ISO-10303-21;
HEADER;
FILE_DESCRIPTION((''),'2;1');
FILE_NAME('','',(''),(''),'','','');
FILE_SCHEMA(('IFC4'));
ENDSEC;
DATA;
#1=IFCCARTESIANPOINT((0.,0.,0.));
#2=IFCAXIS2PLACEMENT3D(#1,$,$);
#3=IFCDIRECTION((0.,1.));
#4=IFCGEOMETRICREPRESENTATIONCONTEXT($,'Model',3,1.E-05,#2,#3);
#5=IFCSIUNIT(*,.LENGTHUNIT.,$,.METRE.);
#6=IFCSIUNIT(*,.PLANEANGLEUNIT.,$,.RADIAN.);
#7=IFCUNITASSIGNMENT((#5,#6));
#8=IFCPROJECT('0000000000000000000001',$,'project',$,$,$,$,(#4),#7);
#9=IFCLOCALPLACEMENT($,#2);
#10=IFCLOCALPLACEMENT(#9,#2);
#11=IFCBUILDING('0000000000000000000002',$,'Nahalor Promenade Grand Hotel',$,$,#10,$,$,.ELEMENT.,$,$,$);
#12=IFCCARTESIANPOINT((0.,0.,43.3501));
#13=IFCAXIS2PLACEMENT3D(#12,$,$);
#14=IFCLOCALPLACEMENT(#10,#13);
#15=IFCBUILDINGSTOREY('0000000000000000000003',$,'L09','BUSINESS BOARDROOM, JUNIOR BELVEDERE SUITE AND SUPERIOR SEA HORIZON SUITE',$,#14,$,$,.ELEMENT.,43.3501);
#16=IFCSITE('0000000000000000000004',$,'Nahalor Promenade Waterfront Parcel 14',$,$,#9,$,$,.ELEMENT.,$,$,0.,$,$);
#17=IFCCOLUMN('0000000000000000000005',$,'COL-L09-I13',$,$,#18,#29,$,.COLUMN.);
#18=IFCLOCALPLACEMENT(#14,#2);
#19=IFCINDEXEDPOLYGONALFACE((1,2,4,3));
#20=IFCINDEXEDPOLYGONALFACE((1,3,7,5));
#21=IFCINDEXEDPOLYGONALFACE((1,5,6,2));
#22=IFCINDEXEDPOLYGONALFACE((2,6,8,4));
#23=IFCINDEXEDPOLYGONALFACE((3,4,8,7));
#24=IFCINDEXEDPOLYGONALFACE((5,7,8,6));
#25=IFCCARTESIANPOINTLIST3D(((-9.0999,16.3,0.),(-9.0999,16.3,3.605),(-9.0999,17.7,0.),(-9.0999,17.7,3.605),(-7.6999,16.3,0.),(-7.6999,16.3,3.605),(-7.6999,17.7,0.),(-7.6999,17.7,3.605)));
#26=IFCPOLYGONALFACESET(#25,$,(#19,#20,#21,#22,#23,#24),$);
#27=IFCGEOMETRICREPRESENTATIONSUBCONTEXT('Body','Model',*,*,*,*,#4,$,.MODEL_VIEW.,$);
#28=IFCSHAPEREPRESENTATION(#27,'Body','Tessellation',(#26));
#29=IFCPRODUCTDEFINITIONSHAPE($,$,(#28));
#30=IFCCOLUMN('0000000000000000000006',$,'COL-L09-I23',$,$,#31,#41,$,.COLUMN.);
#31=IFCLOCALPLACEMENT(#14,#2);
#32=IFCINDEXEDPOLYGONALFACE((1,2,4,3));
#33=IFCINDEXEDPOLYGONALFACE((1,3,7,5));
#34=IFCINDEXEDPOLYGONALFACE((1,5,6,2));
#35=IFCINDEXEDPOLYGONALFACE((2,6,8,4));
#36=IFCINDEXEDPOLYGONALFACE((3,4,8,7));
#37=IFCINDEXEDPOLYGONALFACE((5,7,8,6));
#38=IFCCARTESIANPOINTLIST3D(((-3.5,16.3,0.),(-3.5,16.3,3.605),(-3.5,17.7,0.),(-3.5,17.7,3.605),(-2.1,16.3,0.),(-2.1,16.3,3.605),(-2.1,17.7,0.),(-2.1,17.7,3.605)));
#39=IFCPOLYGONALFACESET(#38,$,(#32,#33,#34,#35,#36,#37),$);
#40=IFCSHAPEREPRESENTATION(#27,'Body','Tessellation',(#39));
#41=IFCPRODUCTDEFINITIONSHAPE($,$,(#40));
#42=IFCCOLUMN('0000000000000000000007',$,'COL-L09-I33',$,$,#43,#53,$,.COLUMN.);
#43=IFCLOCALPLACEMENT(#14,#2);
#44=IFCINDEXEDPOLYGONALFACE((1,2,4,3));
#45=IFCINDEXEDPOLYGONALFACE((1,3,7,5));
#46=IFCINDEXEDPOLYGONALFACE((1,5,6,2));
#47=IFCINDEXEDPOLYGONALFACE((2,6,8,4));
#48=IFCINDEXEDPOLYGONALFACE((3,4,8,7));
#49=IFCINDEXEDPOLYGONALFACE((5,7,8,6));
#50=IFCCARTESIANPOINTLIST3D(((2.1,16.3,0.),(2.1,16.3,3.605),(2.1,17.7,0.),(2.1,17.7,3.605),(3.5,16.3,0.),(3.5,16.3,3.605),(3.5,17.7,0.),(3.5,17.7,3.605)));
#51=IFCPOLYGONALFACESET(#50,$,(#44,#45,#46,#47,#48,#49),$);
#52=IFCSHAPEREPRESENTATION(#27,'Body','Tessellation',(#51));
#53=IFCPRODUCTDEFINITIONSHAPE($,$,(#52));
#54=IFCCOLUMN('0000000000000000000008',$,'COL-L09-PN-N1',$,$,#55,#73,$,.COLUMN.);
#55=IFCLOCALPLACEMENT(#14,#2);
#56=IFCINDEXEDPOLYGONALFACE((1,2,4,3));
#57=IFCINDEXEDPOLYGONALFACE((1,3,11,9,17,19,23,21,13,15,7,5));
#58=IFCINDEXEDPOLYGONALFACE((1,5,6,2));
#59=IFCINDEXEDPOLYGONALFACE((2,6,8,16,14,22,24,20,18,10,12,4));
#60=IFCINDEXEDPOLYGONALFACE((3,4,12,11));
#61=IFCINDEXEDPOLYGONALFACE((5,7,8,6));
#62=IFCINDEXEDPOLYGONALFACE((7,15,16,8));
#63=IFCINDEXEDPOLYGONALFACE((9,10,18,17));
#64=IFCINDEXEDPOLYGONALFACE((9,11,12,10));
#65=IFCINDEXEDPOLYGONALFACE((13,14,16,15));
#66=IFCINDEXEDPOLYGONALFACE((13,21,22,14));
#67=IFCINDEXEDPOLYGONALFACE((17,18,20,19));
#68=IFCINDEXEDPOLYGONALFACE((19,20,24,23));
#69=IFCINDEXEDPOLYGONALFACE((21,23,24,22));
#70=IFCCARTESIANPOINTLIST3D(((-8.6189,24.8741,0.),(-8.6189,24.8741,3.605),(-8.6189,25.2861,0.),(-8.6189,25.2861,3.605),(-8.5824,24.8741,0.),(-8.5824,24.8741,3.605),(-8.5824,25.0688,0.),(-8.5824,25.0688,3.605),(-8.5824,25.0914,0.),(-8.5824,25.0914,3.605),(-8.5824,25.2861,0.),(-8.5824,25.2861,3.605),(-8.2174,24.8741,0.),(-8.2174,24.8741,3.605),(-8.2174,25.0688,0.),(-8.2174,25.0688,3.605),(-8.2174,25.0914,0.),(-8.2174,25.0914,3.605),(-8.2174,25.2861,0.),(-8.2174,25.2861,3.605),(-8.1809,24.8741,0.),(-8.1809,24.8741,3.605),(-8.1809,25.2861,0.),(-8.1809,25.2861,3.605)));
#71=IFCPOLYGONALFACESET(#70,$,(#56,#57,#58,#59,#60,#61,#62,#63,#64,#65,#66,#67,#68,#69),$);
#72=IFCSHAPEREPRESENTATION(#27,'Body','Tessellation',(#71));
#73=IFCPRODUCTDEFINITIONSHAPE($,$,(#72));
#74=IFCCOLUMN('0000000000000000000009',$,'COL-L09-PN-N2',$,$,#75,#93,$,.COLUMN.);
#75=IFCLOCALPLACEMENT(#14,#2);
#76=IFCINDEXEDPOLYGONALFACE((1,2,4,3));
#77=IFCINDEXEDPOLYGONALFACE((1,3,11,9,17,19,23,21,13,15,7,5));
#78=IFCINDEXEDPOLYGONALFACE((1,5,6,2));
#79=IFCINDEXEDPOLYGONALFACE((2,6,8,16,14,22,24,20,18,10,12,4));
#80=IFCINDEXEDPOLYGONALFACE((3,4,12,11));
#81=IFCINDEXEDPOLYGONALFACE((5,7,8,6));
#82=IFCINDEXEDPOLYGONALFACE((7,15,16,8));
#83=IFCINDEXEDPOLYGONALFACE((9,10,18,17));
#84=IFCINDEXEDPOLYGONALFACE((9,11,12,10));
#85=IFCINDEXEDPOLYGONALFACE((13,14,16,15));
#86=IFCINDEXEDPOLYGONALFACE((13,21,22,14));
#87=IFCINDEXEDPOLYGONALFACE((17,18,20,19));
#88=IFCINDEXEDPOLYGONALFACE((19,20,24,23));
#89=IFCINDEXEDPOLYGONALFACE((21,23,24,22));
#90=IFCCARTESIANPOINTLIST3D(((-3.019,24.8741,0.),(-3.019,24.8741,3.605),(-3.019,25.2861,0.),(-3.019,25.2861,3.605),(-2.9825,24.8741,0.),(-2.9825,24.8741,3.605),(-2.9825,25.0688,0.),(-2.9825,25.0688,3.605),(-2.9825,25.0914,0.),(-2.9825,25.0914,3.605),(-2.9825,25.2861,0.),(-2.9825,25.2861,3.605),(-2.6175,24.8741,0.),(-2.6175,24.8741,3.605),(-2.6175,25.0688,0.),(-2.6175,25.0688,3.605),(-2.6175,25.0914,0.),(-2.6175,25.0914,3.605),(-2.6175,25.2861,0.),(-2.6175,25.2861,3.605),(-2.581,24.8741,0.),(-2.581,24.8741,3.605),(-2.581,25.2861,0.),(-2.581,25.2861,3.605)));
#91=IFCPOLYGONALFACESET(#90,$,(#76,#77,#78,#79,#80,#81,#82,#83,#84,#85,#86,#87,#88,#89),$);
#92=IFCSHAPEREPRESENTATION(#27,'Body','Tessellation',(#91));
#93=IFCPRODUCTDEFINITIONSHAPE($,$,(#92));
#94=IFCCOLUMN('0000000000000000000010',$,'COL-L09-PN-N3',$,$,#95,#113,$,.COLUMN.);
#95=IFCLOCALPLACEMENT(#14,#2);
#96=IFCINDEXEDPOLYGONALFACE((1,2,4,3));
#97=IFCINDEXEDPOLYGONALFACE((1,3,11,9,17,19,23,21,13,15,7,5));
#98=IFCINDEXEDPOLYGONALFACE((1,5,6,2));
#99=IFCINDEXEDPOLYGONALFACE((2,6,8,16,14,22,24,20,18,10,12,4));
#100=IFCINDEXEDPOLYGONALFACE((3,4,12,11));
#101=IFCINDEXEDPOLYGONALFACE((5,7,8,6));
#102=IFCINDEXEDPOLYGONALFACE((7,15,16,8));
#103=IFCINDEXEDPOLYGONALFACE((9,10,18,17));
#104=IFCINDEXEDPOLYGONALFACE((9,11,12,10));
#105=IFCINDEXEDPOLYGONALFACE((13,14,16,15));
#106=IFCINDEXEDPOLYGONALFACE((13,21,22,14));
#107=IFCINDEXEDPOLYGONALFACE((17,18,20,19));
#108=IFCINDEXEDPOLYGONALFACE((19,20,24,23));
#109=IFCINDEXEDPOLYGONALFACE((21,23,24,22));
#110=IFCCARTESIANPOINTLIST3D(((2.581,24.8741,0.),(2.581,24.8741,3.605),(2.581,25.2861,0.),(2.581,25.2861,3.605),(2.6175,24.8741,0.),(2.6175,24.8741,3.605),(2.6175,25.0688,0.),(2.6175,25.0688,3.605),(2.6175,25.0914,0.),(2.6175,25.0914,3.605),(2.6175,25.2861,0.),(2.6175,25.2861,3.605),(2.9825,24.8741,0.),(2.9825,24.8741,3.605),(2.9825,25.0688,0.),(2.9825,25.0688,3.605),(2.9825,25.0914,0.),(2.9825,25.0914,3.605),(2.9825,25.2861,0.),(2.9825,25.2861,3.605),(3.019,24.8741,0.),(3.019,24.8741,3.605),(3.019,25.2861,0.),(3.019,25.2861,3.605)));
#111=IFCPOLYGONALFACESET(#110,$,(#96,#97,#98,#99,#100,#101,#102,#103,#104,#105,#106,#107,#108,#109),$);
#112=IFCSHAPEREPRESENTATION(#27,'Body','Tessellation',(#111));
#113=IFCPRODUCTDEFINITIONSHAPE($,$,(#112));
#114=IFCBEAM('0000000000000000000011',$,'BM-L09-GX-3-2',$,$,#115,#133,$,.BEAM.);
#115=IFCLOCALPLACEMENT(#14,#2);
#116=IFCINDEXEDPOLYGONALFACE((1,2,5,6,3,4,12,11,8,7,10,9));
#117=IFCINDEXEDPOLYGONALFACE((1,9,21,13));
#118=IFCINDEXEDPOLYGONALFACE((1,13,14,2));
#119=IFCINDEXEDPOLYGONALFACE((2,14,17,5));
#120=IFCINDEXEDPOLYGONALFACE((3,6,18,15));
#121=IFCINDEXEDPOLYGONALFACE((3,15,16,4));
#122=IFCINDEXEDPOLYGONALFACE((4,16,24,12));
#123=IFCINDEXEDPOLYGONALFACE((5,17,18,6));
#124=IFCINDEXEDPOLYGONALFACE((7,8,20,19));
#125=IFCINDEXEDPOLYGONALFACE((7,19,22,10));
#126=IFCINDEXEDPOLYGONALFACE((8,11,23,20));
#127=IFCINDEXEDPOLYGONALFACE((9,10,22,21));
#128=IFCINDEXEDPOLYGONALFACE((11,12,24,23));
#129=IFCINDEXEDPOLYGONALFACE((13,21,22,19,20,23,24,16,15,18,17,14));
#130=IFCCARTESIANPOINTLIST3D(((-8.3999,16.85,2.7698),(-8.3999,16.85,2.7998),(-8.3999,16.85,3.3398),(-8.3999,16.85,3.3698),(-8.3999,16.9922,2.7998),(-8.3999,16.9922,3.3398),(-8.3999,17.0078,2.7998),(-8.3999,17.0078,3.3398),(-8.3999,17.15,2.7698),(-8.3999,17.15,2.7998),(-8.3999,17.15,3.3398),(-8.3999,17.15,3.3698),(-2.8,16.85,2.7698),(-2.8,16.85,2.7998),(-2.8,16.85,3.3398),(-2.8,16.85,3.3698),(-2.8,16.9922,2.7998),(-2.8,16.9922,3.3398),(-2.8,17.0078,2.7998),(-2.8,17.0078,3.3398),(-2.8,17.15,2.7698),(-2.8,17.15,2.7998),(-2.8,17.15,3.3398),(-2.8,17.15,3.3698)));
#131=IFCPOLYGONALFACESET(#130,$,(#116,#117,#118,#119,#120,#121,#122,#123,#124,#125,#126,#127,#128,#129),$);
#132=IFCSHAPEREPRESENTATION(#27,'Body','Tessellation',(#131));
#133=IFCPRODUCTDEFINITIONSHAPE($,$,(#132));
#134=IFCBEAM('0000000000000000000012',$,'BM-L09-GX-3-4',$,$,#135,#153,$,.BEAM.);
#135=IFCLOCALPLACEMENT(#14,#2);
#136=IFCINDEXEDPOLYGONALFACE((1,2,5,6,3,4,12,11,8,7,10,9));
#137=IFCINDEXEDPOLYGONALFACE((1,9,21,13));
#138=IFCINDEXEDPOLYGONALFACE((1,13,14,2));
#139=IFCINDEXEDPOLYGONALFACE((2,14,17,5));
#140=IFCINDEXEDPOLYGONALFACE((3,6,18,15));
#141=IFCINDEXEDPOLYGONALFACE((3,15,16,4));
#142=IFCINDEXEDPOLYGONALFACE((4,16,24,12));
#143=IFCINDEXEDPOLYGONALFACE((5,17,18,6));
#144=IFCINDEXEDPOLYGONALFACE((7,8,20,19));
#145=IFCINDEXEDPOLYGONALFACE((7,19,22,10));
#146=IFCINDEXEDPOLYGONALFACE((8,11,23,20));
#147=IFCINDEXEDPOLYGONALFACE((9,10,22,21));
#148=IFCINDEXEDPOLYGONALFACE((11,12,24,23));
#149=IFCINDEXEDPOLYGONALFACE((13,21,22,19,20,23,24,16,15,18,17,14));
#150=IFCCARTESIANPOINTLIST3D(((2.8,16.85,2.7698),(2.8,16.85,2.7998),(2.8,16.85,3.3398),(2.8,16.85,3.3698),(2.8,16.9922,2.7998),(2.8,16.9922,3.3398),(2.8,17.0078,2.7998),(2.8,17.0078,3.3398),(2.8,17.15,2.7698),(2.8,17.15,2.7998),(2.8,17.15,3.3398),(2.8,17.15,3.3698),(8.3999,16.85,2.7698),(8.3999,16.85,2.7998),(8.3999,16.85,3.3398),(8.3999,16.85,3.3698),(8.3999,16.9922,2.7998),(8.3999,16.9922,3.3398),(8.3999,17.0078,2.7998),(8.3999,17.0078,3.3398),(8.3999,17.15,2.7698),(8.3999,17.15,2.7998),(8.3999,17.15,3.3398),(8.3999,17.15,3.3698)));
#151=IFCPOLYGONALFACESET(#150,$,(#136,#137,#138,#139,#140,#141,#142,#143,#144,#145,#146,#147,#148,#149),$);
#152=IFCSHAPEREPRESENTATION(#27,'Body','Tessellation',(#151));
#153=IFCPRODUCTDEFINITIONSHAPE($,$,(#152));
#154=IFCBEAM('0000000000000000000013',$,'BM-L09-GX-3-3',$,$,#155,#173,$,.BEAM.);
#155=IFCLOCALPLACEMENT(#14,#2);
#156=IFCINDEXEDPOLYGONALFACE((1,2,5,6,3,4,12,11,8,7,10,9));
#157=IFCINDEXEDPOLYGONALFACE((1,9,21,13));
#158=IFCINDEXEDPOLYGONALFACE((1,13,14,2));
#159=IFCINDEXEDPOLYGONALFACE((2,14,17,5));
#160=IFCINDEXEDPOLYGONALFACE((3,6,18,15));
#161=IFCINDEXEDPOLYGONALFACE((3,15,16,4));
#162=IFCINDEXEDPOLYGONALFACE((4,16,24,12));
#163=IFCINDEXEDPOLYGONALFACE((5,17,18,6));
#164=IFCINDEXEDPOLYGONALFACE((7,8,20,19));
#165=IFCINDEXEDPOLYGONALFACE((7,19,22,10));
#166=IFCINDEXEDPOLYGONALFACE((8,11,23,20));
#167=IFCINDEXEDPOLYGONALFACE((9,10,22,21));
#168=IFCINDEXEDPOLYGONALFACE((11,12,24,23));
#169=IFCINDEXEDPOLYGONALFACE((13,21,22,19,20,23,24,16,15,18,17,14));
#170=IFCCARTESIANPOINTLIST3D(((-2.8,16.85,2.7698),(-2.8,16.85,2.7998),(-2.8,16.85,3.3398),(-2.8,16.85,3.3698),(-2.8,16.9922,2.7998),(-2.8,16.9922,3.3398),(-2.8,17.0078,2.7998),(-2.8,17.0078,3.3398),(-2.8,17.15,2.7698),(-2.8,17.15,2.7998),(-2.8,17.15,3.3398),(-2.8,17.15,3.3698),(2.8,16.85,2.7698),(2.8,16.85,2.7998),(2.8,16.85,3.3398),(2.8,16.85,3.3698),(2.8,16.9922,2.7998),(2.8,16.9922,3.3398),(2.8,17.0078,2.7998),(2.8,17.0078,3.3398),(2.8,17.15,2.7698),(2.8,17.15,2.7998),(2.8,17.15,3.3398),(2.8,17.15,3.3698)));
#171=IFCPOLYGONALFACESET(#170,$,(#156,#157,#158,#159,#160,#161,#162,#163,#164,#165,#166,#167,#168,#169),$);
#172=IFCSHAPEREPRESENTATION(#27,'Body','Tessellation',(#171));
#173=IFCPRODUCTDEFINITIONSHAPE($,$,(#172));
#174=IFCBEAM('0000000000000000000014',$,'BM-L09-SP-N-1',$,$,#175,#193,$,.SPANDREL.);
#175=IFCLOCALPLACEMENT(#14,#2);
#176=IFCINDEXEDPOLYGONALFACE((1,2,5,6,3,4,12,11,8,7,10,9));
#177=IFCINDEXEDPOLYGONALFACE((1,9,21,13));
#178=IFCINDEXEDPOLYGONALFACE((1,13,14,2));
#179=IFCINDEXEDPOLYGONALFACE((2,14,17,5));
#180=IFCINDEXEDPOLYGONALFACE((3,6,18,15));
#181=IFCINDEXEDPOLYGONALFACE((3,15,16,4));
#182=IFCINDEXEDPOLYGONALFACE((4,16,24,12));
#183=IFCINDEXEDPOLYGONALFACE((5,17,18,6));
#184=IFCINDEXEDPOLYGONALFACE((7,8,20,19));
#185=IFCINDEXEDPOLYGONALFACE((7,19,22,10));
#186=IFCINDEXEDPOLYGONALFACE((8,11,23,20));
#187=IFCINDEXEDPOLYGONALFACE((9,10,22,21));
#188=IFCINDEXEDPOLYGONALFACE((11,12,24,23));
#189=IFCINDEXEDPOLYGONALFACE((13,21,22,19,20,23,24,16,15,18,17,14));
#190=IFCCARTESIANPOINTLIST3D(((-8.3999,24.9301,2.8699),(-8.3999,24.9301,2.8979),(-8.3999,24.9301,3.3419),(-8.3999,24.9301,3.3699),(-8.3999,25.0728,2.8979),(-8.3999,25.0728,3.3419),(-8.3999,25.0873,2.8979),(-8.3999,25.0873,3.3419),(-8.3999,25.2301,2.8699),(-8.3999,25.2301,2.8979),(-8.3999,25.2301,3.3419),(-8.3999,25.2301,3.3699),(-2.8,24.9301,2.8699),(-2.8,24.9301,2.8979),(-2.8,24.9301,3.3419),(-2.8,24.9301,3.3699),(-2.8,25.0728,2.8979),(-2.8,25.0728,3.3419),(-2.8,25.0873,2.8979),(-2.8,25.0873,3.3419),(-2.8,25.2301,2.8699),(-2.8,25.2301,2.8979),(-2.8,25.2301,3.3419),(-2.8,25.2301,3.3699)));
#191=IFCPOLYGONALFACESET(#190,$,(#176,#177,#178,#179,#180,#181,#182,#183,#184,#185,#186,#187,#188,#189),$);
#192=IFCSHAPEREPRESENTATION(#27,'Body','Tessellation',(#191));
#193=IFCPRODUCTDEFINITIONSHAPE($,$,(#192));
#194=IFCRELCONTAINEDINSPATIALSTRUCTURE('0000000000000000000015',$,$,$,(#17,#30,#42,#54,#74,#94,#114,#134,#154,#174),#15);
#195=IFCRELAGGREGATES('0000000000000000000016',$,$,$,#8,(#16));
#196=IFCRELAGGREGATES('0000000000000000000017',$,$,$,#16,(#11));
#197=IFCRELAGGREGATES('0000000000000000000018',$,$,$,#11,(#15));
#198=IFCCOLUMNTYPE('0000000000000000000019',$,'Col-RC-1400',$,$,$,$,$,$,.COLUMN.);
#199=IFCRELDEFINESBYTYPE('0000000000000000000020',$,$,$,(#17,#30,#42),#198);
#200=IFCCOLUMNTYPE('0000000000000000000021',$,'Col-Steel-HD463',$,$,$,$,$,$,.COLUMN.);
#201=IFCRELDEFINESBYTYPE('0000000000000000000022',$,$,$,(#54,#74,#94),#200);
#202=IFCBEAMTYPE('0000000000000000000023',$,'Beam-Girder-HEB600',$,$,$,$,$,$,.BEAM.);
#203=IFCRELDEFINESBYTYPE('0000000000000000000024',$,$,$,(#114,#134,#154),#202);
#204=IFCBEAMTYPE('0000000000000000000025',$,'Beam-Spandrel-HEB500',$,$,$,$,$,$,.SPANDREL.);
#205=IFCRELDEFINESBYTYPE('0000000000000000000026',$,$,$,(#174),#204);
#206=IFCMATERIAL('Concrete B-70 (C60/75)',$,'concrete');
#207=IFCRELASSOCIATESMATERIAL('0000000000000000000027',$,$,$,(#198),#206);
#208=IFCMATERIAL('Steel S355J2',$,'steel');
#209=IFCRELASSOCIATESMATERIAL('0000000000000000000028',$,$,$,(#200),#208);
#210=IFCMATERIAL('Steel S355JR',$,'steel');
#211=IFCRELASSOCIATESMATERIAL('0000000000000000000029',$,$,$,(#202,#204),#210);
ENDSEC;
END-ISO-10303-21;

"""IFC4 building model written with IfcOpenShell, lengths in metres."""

from ifc_helpers import new_model, si_unit, direction, frame, origin, origin_2d, place, context, subcontext, project, spatial, rectangle, i_section, extrude, source, transform, mapped, material, material_profile, profile_set, type_object, element, save


model = new_model("IFC4")

# Units and contexts
model_context = context("Model", 3, precision=1e-05, world=origin(), true_north=direction((0.0, 1.0)))
body_context = subcontext(model_context, "Body", "Model", "MODEL_VIEW")
ifc_project = project(units=[si_unit("LENGTHUNIT", "METRE"), si_unit("PLANEANGLEUNIT", "RADIAN")], contexts=[model_context])

# Site, building, storey
site_placement = place(None, origin())
site = spatial("IfcSite", under=ifc_project, at=site_placement, Name="Nahalor Promenade Waterfront Parcel 14", CompositionType="ELEMENT", RefElevation=0.0)
building_placement = place(site_placement, origin())
building = spatial("IfcBuilding", under=site, at=building_placement, Name="Nahalor Promenade Grand Hotel", CompositionType="ELEMENT")
storey_placement = place(building_placement, frame((0.0, 0.0, 43.3501)))
storey = spatial("IfcBuildingStorey", under=building, at=storey_placement, Name="L09", Description="BUSINESS BOARDROOM, JUNIOR BELVEDERE SUITE AND SUPERIOR SEA HORIZON SUITE", CompositionType="ELEMENT", Elevation=43.3501)

# Columns
ifc_material_1 = material(Name="Concrete B-70 (C60/75)", Category="concrete")
ifc_material_profile_1 = material_profile(ifc_material_1, rectangle(XDim=1.4, YDim=1.4, at=origin_2d()), Name="RC 1400x1400")
ifc_profile_set_1 = profile_set([ifc_material_profile_1], Name="Concrete B-70 (C60/75)")
column_type_1 = type_object("IfcColumnType", Name="Col-RC-1400", PredefinedType="COLUMN", material=ifc_profile_set_1)
shared_shape_1 = source(origin(), body_context, "Body", "SweptSolid", [
    extrude(rectangle(XDim=1.4, YDim=1.4, at=origin_2d()), origin(), (0.0, 0.0, 1.0), 3.605),
])
for number, where, z_axis, x_axis, name in (
    (1, (-8.3999, 17.0, 0.0), (0.0, 0.0, 1.0), (1.0, 0.0, 0.0), "COL-L09-I13"),
    (2, (-2.8, 17.0, 0.0), (0.0, 0.0, 1.0), (1.0, 0.0, 0.0), "COL-L09-I23"),
    (3, (2.8, 17.0, 0.0), (0.0, 0.0, 1.0), (1.0, 0.0, 0.0), "COL-L09-I33"),
):
    element("IfcColumn", number, at=place(storey_placement, frame(where, z_axis=z_axis, x_axis=x_axis)), inside=storey, type_object=column_type_1, Name=name, PredefinedType="COLUMN", context=body_context, shape_type="MappedRepresentation", body=[
        mapped(shared_shape_1, transform((0.0, 0.0, 0.0), scale=1.0)),
    ])
ifc_material_2 = material(Name="Steel S355J2", Category="steel")
ifc_material_profile_2 = material_profile(ifc_material_2, i_section(OverallWidth=0.412, OverallDepth=0.438, WebThickness=0.0226, FlangeThickness=0.0365, at=origin_2d()), Name="HD 400x463")
ifc_profile_set_2 = profile_set([ifc_material_profile_2], Name="Steel S355J2")
column_type_2 = type_object("IfcColumnType", Name="Col-Steel-HD463", PredefinedType="COLUMN", material=ifc_profile_set_2)
shared_shape_2 = source(origin(), body_context, "Body", "SweptSolid", [
    extrude(i_section(OverallWidth=0.412, OverallDepth=0.438, WebThickness=0.0226, FlangeThickness=0.0365, at=origin_2d()), origin(), (0.0, 0.0, 1.0), 3.605),
])
for number, where, z_axis, x_axis, name in (
    (4, (-8.3999, 25.0801, 0.0), (0.0, 0.0, 1.0), (0.0, 1.0, 0.0), "COL-L09-PN-N1"),
    (5, (-2.8, 25.0801, 0.0), (0.0, 0.0, 1.0), (0.0, 1.0, 0.0), "COL-L09-PN-N2"),
    (6, (2.8, 25.0801, 0.0), (0.0, 0.0, 1.0), (0.0, 1.0, 0.0), "COL-L09-PN-N3"),
):
    element("IfcColumn", number, at=place(storey_placement, frame(where, z_axis=z_axis, x_axis=x_axis)), inside=storey, type_object=column_type_2, Name=name, PredefinedType="COLUMN", context=body_context, shape_type="MappedRepresentation", body=[
        mapped(shared_shape_2, transform((0.0, 0.0, 0.0), scale=1.0)),
    ])

# Beams
ifc_material_3 = material(Name="Steel S355JR", Category="steel")
ifc_material_profile_3 = material_profile(ifc_material_3, i_section(OverallWidth=0.3, OverallDepth=0.6, WebThickness=0.0155, FlangeThickness=0.03, at=origin_2d()), Name="HEB 600")
ifc_profile_set_3 = profile_set([ifc_material_profile_3], Name="Steel S355JR")
beam_type_1 = type_object("IfcBeamType", Name="Beam-Girder-HEB600", PredefinedType="BEAM", material=ifc_profile_set_3)
shared_shape_3 = source(origin(), body_context, "Body", "SweptSolid", [
    extrude(i_section(OverallWidth=0.3, OverallDepth=0.6, WebThickness=0.0155, FlangeThickness=0.03, at=origin_2d()), origin(), (0.0, 0.0, 1.0), 5.5999),
])
for number, where, z_axis, x_axis, name in (
    (7, (-8.3999, 17.0, 3.0698), (1.0, 0.0, 0.0), (0.0, 1.0, 0.0), "BM-L09-GX-3-2"),
    (8, (2.8, 17.0, 3.0698), (1.0, 0.0, 0.0), (0.0, 1.0, 0.0), "BM-L09-GX-3-4"),
):
    element("IfcBeam", number, at=place(storey_placement, frame(where, z_axis=z_axis, x_axis=x_axis)), inside=storey, type_object=beam_type_1, Name=name, PredefinedType="BEAM", context=body_context, shape_type="MappedRepresentation", body=[
        mapped(shared_shape_3, transform((0.0, 0.0, 0.0), scale=1.0)),
    ])
shared_shape_4 = source(origin(), body_context, "Body", "SweptSolid", [
    extrude(i_section(OverallWidth=0.3, OverallDepth=0.6, WebThickness=0.0155, FlangeThickness=0.03, at=origin_2d()), origin(), (0.0, 0.0, 1.0), 5.6001),
])
beam_1_placement = place(storey_placement, frame((-2.8, 17.0, 3.0698), z_axis=(1.0, 0.0, 0.0), x_axis=(0.0, 1.0, 0.0)))
element("IfcBeam", 9, at=beam_1_placement, inside=storey, type_object=beam_type_1, Name="BM-L09-GX-3-3", PredefinedType="BEAM", context=body_context, shape_type="MappedRepresentation", body=[
    mapped(shared_shape_4, transform((0.0, 0.0, 0.0), scale=1.0)),
])
ifc_material_profile_4 = material_profile(ifc_material_3, i_section(OverallWidth=0.3, OverallDepth=0.5, WebThickness=0.0145, FlangeThickness=0.028, at=origin_2d()), Name="HEB 500")
ifc_profile_set_4 = profile_set([ifc_material_profile_4], Name="Steel S355JR")
beam_type_2 = type_object("IfcBeamType", Name="Beam-Spandrel-HEB500", PredefinedType="SPANDREL", material=ifc_profile_set_4)
shared_shape_5 = source(origin(), body_context, "Body", "SweptSolid", [
    extrude(i_section(OverallWidth=0.3, OverallDepth=0.5, WebThickness=0.0145, FlangeThickness=0.028, at=origin_2d()), origin(), (0.0, 0.0, 1.0), 5.5999),
])
for number, where, z_axis, x_axis, name in (
    (10, (-8.3999, 25.0801, 3.1199), (1.0, 0.0, 0.0), (0.0, 1.0, 0.0), "BM-L09-SP-N-1"),
):
    element("IfcBeam", number, at=place(storey_placement, frame(where, z_axis=z_axis, x_axis=x_axis)), inside=storey, type_object=beam_type_2, Name=name, PredefinedType="SPANDREL", context=body_context, shape_type="MappedRepresentation", body=[
        mapped(shared_shape_5, transform((0.0, 0.0, 0.0), scale=1.0)),
    ])

save(model, "model.ifc")
